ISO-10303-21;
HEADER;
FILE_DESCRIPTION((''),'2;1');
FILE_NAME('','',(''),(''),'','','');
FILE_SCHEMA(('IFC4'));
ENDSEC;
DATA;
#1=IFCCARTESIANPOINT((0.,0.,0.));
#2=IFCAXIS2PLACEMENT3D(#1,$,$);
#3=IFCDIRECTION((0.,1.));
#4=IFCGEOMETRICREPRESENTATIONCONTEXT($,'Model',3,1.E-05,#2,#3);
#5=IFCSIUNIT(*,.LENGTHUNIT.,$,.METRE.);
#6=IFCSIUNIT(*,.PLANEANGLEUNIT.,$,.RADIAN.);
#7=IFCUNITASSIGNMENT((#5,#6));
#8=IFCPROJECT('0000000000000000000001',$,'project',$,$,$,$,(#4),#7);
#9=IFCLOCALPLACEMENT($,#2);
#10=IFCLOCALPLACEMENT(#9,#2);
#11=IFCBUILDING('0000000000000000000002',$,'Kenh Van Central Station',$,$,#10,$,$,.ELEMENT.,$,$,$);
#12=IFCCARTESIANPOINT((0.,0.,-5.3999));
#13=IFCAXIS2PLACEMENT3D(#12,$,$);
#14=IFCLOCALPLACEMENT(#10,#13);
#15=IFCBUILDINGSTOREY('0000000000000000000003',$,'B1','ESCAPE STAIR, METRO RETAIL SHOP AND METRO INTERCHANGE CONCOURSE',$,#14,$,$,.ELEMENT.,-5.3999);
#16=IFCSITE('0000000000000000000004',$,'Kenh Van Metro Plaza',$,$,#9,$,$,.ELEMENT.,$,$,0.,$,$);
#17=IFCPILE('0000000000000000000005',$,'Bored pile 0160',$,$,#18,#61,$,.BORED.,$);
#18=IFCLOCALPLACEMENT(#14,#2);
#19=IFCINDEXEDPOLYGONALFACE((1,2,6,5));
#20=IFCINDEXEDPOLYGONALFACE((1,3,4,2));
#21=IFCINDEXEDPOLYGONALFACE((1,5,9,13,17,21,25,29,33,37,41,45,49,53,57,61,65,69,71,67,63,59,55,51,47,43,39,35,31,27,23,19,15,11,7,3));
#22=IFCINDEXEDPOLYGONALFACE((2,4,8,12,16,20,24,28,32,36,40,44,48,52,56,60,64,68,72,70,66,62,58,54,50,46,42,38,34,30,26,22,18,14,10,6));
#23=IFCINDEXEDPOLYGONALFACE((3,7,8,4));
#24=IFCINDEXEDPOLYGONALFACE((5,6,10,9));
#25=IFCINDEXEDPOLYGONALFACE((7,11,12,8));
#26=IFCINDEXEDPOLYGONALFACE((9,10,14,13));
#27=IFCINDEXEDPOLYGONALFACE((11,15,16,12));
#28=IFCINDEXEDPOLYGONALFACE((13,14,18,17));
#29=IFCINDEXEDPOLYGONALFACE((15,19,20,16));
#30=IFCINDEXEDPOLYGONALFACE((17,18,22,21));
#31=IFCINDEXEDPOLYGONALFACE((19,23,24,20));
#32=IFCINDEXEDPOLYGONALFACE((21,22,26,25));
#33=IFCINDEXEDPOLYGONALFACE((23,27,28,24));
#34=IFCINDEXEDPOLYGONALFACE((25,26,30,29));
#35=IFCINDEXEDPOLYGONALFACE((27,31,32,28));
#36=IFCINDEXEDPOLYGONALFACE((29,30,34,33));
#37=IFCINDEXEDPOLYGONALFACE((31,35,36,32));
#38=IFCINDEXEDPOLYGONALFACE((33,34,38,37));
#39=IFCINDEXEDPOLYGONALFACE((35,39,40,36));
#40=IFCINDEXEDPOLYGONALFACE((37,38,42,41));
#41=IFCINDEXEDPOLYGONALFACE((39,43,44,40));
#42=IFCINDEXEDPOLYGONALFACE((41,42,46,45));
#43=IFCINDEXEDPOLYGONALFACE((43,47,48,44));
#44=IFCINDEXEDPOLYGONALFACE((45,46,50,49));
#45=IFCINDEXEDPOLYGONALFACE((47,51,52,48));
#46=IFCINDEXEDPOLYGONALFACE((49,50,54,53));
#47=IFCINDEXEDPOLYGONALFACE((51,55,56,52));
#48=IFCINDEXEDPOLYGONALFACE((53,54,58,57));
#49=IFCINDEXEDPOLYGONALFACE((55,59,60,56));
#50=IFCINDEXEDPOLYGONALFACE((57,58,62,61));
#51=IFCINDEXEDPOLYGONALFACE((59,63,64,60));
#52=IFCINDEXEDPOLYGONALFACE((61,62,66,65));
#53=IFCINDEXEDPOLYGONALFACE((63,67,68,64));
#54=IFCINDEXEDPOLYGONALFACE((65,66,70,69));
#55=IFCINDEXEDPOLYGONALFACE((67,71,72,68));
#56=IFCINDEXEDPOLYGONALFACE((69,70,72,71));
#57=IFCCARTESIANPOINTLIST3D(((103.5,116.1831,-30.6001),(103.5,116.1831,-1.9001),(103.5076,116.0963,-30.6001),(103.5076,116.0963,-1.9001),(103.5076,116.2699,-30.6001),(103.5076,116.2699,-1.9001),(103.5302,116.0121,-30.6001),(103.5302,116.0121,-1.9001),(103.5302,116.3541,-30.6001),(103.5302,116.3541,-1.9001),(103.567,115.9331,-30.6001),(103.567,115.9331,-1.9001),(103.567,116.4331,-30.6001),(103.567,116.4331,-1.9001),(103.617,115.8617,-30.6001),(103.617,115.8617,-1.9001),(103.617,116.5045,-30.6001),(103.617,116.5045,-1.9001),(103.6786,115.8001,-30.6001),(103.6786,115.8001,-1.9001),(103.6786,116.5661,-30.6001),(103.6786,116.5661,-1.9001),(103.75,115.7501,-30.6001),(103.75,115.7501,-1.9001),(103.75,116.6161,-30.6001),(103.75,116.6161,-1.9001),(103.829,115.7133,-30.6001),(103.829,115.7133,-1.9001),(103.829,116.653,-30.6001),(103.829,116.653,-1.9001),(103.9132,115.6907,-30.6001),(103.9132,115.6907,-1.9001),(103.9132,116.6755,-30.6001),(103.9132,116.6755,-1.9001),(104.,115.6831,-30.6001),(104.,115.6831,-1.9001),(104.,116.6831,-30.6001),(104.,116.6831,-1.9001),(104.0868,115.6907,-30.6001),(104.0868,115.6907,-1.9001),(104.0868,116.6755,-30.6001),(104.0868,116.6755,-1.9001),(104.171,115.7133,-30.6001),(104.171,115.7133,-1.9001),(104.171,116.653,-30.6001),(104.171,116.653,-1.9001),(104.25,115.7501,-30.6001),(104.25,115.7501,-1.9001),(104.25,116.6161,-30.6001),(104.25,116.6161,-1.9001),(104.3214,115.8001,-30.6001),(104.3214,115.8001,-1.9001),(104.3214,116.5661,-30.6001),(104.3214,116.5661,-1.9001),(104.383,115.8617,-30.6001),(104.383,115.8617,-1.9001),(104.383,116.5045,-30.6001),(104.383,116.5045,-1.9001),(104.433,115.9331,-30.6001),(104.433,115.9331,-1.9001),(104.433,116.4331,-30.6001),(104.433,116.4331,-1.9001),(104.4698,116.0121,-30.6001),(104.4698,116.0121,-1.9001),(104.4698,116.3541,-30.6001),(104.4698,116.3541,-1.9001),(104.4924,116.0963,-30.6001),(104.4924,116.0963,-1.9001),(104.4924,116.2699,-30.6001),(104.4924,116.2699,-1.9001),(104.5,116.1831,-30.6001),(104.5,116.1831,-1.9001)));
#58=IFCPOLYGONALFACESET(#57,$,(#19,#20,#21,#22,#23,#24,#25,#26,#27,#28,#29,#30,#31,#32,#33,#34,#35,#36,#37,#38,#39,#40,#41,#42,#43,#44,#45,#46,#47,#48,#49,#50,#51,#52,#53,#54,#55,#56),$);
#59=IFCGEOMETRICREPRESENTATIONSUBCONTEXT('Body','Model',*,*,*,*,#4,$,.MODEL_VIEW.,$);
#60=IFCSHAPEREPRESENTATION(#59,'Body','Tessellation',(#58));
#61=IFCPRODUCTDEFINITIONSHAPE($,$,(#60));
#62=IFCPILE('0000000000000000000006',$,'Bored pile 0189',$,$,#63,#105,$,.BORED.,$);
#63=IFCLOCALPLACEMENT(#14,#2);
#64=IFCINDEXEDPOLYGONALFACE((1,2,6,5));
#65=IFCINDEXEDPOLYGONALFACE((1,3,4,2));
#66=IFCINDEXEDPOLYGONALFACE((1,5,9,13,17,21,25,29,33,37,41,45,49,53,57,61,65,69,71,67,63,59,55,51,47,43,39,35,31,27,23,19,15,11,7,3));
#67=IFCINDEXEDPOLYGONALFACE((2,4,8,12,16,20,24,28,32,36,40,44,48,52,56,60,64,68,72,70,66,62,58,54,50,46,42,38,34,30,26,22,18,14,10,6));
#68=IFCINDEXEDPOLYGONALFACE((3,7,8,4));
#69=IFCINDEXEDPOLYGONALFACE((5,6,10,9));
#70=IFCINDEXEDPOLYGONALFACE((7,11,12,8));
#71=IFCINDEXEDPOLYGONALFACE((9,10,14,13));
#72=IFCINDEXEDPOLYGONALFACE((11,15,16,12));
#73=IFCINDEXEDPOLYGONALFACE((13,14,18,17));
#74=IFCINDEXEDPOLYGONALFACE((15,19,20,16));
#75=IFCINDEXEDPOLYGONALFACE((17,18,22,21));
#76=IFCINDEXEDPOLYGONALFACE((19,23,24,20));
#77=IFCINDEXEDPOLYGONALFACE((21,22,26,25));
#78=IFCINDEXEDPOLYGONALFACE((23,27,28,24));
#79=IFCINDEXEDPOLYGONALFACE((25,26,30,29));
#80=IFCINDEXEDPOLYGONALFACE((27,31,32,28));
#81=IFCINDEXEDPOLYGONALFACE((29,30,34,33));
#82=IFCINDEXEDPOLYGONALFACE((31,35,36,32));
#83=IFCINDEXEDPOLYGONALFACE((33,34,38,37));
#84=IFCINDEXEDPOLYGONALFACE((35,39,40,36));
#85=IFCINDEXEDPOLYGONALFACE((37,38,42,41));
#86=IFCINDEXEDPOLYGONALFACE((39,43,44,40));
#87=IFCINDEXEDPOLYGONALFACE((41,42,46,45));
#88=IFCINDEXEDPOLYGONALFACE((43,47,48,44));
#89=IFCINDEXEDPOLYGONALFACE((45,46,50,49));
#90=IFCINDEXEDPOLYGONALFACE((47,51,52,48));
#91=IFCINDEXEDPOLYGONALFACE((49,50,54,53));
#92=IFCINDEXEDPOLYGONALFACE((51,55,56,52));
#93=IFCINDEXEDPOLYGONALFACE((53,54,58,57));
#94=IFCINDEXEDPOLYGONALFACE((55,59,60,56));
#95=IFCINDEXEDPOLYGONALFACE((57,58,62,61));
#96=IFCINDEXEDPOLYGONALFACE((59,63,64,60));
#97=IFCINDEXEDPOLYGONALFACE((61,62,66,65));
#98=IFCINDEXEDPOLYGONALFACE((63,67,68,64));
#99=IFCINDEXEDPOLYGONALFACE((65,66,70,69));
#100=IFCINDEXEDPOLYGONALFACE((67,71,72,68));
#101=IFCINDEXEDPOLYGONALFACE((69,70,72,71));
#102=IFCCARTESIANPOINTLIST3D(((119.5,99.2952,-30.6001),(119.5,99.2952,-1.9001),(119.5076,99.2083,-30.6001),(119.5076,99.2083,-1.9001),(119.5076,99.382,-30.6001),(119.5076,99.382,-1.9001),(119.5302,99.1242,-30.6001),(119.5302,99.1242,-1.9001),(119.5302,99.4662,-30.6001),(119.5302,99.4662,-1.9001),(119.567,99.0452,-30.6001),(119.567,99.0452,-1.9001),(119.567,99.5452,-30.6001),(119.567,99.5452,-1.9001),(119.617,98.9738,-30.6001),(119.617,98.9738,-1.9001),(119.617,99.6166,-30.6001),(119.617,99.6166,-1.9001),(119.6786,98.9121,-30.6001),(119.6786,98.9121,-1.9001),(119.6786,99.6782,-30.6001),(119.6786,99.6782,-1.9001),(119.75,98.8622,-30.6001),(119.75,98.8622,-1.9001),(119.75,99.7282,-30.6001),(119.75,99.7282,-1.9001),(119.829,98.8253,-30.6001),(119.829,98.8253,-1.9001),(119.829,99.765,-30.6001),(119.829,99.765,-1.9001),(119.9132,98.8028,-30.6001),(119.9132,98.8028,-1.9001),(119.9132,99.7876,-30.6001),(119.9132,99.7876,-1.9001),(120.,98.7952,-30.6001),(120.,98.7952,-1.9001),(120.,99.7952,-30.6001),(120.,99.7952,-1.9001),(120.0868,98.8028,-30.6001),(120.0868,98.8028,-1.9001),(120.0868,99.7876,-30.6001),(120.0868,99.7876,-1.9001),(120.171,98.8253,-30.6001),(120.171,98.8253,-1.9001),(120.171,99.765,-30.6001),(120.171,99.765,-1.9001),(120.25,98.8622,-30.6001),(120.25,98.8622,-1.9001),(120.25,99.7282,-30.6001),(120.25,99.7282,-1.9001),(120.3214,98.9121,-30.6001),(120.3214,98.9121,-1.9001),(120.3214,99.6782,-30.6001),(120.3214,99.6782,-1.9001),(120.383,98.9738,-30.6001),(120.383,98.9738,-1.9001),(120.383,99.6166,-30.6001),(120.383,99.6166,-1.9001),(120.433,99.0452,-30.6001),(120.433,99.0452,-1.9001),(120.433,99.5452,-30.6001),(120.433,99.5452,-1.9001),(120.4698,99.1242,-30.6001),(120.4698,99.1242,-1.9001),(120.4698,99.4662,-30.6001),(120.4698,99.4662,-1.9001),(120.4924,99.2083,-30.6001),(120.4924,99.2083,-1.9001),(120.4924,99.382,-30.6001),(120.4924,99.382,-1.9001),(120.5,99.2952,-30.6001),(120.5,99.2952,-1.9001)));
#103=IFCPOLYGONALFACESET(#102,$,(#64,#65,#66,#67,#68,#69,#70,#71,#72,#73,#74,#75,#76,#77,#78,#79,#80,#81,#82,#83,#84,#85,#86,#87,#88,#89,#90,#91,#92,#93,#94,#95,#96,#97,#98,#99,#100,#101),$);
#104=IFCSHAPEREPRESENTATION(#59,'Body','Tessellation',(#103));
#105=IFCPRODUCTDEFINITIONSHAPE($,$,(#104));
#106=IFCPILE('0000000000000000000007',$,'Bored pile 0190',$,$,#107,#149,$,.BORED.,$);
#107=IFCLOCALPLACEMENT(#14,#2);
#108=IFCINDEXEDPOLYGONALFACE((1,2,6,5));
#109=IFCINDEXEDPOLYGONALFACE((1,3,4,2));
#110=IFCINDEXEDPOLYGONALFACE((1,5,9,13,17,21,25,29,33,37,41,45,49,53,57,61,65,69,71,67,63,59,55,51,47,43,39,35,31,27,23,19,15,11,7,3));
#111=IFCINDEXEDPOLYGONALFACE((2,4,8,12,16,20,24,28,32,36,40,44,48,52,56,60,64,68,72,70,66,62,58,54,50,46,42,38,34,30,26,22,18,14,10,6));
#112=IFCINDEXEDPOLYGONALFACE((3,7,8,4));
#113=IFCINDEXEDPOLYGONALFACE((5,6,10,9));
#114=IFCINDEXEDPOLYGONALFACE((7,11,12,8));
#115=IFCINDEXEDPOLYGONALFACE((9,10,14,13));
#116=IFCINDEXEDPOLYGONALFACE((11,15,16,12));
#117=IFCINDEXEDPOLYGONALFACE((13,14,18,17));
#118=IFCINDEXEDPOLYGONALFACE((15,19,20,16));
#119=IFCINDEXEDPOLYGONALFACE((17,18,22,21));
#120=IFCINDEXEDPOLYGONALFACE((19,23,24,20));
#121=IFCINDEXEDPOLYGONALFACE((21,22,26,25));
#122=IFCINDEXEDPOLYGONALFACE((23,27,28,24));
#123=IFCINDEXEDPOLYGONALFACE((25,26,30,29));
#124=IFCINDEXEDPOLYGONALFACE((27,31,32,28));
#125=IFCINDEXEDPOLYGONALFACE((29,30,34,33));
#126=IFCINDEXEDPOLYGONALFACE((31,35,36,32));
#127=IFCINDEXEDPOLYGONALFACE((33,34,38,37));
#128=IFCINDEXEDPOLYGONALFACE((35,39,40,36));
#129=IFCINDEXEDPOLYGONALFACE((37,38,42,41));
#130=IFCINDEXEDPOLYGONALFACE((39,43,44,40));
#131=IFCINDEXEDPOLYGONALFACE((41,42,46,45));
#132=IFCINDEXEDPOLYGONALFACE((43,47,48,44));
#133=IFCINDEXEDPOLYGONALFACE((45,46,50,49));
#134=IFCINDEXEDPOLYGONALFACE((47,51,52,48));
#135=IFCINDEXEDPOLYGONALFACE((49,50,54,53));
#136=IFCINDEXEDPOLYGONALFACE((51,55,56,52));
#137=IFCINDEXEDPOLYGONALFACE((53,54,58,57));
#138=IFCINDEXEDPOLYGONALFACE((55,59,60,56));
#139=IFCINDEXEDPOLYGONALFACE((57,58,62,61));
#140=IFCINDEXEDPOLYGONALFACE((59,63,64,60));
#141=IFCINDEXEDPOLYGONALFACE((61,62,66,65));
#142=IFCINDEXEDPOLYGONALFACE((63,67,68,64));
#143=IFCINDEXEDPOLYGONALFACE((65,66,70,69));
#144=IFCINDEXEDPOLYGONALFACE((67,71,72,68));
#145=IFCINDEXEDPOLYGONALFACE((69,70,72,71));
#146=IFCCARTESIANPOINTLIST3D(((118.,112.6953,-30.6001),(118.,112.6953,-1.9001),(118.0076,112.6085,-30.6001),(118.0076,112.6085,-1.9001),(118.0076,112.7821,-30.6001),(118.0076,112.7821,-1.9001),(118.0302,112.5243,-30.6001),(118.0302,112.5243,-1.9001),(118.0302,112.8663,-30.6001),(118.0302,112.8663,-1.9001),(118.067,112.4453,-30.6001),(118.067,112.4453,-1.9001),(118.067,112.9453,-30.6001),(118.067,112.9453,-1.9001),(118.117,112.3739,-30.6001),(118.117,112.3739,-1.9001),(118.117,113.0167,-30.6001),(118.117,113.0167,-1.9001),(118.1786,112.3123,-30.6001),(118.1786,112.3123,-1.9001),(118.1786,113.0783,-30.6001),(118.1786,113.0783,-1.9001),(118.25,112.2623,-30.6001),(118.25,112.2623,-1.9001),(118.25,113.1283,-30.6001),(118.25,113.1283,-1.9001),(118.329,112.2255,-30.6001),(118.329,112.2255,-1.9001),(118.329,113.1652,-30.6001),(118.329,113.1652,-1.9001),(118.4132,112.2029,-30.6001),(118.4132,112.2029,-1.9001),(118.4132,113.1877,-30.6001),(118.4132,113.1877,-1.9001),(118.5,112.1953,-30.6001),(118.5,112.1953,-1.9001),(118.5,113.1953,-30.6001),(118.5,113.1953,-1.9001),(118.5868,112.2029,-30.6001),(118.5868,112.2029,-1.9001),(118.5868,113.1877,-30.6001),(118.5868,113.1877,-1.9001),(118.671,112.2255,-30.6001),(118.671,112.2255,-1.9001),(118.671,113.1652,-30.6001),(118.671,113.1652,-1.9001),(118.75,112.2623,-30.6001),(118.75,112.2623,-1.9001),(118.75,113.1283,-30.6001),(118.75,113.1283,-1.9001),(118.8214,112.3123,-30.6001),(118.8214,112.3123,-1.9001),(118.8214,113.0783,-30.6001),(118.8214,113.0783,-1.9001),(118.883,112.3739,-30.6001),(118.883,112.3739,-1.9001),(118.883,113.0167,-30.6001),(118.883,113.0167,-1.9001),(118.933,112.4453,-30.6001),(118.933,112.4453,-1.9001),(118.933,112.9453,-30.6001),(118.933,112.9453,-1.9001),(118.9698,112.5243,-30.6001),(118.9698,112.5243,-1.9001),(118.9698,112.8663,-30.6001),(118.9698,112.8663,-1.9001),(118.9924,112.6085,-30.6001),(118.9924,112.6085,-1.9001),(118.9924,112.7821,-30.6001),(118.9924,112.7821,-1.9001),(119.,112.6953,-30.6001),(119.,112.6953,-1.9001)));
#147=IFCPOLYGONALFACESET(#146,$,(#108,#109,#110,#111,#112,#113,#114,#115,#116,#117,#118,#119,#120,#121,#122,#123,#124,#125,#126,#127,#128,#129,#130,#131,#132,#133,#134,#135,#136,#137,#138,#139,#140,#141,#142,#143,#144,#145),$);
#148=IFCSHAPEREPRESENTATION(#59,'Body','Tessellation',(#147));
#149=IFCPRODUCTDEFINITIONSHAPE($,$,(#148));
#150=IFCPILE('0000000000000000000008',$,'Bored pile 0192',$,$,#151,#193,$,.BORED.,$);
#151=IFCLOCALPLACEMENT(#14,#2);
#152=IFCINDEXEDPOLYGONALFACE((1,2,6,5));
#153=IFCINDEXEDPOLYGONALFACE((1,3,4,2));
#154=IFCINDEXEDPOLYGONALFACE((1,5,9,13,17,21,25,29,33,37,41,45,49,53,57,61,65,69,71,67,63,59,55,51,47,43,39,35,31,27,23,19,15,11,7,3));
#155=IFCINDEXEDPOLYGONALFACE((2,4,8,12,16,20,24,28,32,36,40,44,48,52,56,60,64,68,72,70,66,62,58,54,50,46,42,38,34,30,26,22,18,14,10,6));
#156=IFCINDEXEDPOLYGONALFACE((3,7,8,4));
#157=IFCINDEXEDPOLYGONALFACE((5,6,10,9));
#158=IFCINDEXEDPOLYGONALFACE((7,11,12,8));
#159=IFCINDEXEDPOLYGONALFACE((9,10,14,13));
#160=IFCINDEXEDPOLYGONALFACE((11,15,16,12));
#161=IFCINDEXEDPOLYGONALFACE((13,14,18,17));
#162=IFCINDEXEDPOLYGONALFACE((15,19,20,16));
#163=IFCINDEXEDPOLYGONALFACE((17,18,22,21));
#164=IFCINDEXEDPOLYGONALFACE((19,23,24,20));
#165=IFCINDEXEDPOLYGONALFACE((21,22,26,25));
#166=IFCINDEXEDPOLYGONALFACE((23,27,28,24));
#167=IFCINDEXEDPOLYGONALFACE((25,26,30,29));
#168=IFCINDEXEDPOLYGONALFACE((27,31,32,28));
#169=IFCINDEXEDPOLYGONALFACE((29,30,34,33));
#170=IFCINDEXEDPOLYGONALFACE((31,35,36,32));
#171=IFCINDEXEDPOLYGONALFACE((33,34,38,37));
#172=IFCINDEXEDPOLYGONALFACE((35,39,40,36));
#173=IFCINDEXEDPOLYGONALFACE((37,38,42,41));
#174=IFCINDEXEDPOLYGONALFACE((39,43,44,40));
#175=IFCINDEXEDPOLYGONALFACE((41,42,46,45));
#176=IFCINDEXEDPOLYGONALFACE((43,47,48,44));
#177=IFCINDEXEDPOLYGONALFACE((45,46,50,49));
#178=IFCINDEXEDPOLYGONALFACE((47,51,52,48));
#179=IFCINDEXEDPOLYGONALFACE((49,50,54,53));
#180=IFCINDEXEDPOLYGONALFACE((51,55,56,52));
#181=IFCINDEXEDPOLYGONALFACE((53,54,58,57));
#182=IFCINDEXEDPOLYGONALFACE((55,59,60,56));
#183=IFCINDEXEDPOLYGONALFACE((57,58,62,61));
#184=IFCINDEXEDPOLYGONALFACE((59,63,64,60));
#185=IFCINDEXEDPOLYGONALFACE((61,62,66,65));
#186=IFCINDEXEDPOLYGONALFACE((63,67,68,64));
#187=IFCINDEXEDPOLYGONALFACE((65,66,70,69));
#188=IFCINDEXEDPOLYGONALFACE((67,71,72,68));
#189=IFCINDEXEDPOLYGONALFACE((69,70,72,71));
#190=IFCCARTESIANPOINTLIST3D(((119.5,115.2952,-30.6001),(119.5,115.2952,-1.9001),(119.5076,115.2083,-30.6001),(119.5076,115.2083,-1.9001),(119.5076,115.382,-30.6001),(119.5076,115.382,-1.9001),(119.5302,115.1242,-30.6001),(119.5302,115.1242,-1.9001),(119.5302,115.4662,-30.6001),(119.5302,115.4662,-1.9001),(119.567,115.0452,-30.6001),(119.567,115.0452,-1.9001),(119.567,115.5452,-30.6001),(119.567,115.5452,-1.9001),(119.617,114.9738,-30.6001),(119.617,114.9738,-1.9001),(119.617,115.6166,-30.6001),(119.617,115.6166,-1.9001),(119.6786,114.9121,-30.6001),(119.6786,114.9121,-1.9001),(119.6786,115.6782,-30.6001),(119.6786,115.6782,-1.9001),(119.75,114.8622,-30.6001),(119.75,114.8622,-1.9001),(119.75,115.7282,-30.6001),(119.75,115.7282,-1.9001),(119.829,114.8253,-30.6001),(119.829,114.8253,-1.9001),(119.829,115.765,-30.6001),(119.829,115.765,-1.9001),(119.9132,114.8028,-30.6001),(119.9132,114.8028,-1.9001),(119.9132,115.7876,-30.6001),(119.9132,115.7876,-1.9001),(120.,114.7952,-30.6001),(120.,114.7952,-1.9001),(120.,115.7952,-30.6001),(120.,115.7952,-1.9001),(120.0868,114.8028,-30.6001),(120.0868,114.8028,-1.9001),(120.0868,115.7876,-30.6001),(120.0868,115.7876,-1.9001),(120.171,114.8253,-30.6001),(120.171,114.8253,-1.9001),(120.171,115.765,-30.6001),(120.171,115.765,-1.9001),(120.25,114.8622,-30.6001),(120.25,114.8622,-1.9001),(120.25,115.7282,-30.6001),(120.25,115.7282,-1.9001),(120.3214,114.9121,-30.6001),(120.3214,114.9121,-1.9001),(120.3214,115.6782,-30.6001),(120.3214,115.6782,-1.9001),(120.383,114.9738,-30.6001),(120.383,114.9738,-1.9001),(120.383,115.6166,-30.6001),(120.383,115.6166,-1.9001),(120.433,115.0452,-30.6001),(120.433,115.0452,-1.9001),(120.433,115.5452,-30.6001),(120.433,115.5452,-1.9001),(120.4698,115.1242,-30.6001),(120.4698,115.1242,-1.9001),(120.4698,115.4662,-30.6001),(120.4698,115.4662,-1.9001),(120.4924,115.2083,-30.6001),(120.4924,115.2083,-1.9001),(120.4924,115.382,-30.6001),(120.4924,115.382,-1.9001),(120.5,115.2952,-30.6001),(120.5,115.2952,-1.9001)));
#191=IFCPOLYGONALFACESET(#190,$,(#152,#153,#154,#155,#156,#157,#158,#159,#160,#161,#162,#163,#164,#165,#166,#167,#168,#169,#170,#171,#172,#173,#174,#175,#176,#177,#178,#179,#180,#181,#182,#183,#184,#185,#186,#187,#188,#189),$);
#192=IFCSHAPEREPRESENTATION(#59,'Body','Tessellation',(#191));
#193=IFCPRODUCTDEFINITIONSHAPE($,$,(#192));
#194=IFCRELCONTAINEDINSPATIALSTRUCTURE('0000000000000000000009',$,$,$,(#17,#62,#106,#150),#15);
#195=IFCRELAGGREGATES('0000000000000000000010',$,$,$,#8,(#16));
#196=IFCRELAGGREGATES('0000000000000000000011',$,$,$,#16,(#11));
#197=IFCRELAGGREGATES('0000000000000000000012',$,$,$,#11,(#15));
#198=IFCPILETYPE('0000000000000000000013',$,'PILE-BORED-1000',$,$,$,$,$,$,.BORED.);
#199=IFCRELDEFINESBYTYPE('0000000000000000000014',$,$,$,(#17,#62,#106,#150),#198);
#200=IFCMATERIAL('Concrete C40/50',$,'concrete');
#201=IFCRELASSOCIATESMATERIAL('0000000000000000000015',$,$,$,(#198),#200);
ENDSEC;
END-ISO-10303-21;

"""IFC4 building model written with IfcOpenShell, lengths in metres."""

from ifc_helpers import new_model, si_unit, direction, frame, origin, origin_2d, place, context, subcontext, project, spatial, circle, extrude, material, material_profile, profile_set, type_object, element, save


model = new_model("IFC4")

# Units and contexts
model_context = context("Model", 3, precision=1e-05, world=origin(), true_north=direction((0.0, 1.0)))
body_context = subcontext(model_context, "Body", "Model", "MODEL_VIEW")
ifc_project = project(units=[si_unit("LENGTHUNIT", "METRE"), si_unit("PLANEANGLEUNIT", "RADIAN")], contexts=[model_context])

# Site, building, storey
site_placement = place(None, origin())
site = spatial("IfcSite", under=ifc_project, at=site_placement, Name="Kenh Van Metro Plaza", CompositionType="ELEMENT", RefElevation=0.0)
building_placement = place(site_placement, origin())
building = spatial("IfcBuilding", under=site, at=building_placement, Name="Kenh Van Central Station", CompositionType="ELEMENT")
storey_placement = place(building_placement, frame((0.0, 0.0, -5.3999)))
storey = spatial("IfcBuildingStorey", under=building, at=storey_placement, Name="B1", Description="ESCAPE STAIR, METRO RETAIL SHOP AND METRO INTERCHANGE CONCOURSE", CompositionType="ELEMENT", Elevation=-5.3999)

# Shared definitions
ifc_material = material(Name="Concrete C40/50", Category="concrete")

# Piles
ifc_material_profile_1 = material_profile(ifc_material, circle(Radius=0.5, at=origin_2d()), Name="PILE D1000")
ifc_profile_set_1 = profile_set([ifc_material_profile_1], Name="Concrete C40/50")
pile_type_1 = type_object("IfcPileType", Name="PILE-BORED-1000", PredefinedType="BORED", material=ifc_profile_set_1)
for number, where, z_axis, x_axis, name in (
    (1, (104.0, 116.1831, -1.9001), (0.0, 0.0, -1.0), (1.0, 0.0, 0.0), "Bored pile 0160"),
    (2, (120.0, 99.2952, -1.9001), (0.0, 0.0, -1.0), (1.0, 0.0, 0.0), "Bored pile 0189"),
    (3, (118.5, 112.6953, -1.9001), (0.0, 0.0, -1.0), (1.0, 0.0, 0.0), "Bored pile 0190"),
    (4, (120.0, 115.2952, -1.9001), (0.0, 0.0, -1.0), (1.0, 0.0, 0.0), "Bored pile 0192"),
):
    element("IfcPile", number, at=place(storey_placement, frame(where, z_axis=z_axis, x_axis=x_axis)), inside=storey, type_object=pile_type_1, Name=name, PredefinedType="BORED", context=body_context, shape_type="SweptSolid", body=[
        extrude(circle(Radius=0.5, at=origin_2d()), origin(), (0.0, 0.0, 1.0), 28.7),
    ])

save(model, "model.ifc")
